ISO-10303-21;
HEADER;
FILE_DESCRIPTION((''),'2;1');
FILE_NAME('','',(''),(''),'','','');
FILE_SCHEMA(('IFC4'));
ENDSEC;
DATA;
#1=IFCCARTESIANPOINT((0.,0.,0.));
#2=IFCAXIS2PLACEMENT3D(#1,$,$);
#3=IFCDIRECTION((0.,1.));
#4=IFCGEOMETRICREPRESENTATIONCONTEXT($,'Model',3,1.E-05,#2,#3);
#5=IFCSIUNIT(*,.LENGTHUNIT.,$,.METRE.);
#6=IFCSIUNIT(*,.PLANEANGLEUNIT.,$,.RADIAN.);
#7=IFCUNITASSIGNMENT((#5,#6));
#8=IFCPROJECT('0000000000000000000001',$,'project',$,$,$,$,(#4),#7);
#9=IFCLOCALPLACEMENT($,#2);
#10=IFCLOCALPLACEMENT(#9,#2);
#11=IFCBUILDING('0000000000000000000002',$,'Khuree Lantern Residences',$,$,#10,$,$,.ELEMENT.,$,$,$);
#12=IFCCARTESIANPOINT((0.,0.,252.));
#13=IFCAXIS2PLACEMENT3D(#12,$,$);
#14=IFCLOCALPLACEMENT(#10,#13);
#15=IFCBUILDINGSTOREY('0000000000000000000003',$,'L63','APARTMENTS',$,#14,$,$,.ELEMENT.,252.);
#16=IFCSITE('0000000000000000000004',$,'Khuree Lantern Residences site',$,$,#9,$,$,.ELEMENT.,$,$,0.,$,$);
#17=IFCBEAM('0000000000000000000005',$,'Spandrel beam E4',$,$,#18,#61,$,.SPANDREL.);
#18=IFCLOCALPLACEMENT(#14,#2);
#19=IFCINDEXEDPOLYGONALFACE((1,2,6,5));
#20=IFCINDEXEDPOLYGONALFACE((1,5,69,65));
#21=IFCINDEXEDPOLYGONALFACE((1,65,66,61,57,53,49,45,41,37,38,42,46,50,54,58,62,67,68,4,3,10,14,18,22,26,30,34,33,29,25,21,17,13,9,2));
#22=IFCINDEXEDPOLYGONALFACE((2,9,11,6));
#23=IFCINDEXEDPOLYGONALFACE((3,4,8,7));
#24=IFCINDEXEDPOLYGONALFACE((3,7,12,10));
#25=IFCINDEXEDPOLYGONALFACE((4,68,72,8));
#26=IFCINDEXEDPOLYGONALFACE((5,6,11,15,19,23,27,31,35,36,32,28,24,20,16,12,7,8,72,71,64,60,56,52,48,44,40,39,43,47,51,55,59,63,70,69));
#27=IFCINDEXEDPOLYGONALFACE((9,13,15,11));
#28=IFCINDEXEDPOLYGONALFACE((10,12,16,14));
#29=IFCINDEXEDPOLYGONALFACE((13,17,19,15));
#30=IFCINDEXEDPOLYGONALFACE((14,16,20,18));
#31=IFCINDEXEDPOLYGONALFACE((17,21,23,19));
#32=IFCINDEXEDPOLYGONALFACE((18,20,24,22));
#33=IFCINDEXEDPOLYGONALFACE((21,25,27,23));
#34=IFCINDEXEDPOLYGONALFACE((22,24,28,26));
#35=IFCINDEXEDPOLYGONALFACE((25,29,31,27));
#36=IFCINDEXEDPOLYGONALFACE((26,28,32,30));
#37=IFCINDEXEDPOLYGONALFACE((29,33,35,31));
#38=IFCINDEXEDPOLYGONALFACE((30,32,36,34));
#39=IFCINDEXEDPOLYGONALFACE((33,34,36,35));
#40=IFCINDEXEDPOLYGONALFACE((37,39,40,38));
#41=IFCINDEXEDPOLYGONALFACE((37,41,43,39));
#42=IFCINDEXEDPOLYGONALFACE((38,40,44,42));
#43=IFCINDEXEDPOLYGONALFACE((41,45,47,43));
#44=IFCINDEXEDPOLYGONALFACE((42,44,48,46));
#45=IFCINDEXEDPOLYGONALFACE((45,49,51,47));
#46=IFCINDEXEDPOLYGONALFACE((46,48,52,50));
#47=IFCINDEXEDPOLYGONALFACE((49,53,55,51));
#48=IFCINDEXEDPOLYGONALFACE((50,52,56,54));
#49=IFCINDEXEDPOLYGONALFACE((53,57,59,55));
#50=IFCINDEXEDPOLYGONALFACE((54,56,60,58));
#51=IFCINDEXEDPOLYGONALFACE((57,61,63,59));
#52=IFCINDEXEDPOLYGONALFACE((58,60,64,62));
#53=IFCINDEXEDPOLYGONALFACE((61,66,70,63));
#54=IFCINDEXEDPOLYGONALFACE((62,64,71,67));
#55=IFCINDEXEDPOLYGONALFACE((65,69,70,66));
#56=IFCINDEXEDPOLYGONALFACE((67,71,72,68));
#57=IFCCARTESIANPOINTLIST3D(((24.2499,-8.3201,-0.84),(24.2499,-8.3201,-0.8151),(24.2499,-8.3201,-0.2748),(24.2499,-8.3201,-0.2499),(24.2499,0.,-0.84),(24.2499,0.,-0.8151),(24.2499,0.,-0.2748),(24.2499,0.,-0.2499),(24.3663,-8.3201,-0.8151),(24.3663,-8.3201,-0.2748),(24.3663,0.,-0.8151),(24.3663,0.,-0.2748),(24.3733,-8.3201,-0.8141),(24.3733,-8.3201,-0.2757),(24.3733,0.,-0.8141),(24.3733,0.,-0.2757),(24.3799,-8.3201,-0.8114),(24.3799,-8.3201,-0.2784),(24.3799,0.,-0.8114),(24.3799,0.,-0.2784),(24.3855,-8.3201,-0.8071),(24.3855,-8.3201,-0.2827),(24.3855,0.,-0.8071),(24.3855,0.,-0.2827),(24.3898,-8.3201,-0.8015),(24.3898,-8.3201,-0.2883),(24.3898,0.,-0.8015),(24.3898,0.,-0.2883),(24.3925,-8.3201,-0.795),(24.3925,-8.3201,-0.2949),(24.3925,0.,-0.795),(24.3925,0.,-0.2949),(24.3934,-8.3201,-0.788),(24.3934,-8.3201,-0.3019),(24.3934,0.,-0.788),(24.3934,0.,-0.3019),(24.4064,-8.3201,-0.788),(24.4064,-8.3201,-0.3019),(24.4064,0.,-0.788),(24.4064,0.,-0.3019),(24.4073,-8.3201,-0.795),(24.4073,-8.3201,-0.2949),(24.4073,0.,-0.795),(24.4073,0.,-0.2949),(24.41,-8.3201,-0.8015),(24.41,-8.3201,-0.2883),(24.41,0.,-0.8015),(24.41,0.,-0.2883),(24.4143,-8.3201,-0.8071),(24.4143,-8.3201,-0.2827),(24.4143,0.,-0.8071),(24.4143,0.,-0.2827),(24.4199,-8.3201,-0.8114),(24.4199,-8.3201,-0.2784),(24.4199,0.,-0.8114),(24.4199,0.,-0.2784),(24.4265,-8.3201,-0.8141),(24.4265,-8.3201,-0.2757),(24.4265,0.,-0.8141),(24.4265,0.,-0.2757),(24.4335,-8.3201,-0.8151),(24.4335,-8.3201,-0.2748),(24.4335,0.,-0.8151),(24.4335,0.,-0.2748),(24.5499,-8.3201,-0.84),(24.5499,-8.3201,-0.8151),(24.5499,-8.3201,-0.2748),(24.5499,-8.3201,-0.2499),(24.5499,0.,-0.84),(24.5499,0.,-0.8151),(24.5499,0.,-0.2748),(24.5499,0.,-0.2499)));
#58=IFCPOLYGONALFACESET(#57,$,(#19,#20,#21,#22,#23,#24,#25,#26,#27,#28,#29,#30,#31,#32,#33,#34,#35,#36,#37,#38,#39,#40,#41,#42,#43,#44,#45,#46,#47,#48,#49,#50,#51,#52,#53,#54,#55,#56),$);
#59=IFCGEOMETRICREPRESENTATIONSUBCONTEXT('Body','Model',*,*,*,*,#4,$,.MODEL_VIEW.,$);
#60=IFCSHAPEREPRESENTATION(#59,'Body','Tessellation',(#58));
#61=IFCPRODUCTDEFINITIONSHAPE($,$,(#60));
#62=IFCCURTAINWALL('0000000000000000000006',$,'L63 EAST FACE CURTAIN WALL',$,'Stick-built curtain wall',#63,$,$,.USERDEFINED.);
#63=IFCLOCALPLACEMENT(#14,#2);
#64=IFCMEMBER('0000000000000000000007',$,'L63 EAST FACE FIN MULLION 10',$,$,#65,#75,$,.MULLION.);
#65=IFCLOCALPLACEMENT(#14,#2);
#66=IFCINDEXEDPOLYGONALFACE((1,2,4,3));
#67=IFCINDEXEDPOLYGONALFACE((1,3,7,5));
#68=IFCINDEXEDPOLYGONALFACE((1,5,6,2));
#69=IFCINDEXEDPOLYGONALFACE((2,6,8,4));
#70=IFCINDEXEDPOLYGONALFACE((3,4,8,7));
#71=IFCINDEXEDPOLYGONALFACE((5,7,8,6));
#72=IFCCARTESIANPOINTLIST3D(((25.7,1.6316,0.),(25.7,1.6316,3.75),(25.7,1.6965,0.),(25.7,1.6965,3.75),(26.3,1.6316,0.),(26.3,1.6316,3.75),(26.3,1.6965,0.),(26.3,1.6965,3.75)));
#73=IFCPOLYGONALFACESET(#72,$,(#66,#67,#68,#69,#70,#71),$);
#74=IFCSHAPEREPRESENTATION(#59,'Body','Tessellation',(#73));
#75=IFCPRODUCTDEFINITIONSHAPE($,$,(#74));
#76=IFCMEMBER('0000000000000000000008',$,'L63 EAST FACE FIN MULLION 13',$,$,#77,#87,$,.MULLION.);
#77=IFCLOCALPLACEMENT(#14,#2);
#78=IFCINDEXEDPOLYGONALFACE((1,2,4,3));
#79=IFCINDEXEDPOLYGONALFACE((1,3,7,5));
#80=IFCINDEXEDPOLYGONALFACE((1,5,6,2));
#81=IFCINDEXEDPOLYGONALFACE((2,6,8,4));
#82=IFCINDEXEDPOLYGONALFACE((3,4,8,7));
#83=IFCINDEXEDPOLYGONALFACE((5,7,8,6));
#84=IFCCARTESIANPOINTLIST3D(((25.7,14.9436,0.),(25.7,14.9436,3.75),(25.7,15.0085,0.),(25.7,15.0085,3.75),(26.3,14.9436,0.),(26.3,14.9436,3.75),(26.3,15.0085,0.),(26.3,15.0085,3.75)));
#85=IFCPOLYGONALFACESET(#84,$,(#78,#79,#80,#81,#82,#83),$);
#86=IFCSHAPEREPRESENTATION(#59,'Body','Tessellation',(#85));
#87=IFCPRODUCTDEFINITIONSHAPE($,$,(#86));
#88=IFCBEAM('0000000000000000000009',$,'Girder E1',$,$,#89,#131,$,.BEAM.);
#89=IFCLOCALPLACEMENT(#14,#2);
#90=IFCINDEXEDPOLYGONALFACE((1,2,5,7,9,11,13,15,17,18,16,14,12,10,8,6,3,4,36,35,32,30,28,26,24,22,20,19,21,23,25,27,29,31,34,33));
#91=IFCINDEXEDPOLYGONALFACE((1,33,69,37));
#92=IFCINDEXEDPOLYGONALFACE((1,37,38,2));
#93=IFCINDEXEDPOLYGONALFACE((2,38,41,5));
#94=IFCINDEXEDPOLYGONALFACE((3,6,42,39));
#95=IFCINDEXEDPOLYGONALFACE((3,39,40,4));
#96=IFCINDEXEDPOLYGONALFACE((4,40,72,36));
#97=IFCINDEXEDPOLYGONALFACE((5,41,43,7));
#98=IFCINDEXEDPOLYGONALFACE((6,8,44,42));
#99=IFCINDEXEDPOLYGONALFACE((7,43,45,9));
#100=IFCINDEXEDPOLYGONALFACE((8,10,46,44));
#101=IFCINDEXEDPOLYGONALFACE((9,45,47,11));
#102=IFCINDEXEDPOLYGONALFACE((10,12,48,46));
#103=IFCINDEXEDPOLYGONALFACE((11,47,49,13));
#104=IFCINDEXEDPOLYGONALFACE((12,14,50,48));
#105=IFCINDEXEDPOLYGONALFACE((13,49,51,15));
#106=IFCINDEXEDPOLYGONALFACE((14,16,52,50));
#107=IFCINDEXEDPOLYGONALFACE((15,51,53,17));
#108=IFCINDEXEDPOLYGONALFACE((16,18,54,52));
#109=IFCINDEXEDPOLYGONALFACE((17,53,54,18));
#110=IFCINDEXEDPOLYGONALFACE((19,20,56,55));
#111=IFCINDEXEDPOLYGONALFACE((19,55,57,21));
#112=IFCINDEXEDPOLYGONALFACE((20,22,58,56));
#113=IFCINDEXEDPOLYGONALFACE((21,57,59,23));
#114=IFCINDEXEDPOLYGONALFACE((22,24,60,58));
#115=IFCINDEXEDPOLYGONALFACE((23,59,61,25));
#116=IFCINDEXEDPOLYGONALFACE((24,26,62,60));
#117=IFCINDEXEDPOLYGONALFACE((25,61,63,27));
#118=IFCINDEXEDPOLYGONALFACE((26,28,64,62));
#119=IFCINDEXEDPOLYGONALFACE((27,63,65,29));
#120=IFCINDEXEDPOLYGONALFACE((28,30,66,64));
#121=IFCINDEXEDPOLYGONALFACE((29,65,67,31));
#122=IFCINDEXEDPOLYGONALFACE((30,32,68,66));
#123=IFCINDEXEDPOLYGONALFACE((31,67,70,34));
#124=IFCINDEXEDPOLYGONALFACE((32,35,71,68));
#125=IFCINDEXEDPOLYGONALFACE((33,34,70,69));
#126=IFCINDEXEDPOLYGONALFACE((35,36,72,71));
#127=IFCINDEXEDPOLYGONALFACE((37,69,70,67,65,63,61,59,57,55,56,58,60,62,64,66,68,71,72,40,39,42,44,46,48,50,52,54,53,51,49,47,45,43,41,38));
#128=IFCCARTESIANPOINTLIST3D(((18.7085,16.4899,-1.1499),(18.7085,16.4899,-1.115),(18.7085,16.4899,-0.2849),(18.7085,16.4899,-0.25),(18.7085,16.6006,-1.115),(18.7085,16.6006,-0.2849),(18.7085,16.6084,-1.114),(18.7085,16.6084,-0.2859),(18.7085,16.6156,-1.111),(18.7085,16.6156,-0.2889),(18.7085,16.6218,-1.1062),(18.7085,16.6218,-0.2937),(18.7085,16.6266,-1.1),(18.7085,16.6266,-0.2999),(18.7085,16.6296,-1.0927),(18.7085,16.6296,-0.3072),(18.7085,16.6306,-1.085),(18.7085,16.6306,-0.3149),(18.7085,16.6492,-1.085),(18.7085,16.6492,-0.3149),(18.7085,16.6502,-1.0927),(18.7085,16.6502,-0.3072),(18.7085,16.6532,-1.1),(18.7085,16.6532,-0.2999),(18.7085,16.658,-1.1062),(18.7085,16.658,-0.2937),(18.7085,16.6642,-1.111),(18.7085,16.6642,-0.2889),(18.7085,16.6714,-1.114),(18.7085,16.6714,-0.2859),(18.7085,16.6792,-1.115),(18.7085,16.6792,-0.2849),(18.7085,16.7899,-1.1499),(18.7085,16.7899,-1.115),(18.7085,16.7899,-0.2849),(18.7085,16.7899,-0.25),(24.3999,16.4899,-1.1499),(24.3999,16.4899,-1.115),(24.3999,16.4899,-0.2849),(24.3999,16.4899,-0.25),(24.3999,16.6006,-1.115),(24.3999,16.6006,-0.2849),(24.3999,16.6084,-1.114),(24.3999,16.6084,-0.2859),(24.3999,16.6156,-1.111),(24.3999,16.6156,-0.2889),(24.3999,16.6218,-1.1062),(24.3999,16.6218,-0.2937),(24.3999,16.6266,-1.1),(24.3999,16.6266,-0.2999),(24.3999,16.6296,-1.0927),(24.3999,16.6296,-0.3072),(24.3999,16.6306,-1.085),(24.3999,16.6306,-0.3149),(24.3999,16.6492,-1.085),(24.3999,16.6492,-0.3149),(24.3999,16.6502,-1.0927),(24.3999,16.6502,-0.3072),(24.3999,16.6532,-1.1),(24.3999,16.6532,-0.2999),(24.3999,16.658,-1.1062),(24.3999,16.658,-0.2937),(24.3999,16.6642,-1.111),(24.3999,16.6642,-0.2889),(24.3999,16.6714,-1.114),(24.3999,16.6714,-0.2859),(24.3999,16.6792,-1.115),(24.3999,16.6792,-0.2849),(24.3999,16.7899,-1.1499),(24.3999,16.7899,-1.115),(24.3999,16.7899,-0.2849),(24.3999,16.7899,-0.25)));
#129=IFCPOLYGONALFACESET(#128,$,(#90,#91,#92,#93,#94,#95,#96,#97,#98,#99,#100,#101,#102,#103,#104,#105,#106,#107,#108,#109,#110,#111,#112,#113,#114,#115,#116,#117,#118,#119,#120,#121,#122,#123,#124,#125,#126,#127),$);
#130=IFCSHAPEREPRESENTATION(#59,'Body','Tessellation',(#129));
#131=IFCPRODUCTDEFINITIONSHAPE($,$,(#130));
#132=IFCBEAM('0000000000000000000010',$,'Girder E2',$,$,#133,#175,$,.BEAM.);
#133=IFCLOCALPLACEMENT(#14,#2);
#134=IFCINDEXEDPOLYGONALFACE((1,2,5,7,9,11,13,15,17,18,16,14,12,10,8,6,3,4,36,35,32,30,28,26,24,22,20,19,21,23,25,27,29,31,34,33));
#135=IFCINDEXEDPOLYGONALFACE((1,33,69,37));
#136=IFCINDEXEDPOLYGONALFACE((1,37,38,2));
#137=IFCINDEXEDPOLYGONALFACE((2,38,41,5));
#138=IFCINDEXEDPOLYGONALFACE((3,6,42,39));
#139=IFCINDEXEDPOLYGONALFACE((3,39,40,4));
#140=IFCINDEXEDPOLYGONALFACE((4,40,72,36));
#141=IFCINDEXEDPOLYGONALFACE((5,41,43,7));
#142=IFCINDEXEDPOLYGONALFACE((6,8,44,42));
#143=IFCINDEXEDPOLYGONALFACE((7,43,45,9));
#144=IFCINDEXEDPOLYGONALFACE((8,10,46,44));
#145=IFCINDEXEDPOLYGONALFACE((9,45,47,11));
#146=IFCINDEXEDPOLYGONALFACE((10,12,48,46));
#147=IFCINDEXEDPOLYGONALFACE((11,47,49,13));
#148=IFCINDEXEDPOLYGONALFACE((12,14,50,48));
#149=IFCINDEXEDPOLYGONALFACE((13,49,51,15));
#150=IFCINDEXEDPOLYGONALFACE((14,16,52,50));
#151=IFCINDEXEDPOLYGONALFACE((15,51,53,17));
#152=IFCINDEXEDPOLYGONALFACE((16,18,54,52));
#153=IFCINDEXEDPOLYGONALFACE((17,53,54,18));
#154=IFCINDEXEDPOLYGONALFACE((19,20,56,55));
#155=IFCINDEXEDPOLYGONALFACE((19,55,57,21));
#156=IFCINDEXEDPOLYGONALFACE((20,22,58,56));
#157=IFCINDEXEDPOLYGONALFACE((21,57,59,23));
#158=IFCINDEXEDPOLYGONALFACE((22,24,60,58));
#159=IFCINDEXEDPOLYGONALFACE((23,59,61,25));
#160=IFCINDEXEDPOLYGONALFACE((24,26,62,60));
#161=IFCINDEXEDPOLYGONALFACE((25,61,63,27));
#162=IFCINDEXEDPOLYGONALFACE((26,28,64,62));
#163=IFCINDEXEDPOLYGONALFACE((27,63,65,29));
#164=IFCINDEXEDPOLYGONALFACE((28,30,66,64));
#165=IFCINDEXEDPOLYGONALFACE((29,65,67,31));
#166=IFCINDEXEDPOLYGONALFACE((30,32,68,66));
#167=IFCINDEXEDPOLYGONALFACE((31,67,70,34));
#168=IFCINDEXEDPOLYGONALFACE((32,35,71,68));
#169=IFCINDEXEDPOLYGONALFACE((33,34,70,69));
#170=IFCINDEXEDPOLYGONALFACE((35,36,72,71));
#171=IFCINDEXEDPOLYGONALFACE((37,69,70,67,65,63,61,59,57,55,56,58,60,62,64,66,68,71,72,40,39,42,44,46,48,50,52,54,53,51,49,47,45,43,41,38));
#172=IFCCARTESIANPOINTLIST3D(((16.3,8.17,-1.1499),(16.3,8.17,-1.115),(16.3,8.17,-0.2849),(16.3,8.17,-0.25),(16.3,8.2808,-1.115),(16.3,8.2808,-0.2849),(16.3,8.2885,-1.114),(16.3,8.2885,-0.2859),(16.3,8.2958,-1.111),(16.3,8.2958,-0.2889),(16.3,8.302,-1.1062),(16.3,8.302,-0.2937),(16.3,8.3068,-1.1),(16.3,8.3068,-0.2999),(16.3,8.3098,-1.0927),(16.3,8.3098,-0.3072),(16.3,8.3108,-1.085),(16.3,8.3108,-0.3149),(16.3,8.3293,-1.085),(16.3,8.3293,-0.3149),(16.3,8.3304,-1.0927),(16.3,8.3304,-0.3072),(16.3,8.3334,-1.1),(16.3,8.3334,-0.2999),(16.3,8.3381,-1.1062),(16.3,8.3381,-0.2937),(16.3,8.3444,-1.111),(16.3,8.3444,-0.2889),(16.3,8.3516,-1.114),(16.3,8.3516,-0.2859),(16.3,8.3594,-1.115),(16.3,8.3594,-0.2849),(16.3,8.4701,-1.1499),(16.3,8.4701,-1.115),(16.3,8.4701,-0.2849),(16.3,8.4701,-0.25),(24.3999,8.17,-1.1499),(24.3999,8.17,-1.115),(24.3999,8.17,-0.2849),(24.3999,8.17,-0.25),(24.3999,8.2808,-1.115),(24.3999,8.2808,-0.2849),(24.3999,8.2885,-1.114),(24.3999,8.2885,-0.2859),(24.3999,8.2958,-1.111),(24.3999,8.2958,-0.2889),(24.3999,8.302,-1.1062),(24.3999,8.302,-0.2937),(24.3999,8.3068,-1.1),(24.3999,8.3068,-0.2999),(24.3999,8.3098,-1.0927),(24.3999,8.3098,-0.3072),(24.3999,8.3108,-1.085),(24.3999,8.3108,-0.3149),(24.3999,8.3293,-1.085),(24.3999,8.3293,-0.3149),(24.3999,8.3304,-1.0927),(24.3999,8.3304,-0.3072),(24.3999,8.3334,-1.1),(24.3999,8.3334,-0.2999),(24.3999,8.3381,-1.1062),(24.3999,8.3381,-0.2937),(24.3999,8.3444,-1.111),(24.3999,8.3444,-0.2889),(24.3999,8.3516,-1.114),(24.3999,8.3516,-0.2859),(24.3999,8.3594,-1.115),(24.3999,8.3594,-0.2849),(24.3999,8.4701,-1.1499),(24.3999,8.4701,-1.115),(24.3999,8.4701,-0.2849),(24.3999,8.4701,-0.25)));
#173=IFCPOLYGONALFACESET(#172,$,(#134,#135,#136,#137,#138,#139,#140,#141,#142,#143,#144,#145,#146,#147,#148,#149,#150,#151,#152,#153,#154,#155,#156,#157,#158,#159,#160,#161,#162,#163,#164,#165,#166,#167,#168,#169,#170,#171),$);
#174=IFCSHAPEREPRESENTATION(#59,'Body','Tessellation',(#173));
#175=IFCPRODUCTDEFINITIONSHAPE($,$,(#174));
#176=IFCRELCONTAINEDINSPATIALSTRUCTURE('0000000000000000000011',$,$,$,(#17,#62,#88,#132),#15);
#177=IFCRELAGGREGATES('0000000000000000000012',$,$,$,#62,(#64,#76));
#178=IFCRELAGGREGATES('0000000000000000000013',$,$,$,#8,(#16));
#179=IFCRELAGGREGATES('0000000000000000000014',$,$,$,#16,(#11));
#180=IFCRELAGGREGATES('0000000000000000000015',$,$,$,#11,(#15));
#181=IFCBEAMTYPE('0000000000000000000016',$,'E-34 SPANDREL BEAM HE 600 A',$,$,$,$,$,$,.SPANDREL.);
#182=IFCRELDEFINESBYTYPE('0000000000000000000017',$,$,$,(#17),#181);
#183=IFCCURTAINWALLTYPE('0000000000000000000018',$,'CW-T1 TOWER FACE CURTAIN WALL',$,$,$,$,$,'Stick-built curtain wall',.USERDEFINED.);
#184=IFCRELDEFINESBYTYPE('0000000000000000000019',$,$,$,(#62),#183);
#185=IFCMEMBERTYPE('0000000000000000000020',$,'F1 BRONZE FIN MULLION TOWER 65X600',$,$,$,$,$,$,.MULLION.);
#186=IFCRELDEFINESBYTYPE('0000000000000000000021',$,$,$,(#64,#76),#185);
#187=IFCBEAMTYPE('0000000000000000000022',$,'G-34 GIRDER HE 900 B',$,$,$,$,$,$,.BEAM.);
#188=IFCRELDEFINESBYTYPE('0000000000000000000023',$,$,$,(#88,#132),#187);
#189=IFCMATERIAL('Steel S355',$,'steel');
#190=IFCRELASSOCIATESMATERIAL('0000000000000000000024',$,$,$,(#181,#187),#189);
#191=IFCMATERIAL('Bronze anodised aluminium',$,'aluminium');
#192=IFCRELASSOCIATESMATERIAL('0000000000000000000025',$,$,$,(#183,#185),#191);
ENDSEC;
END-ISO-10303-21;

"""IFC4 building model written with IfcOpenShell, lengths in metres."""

from ifc_helpers import new_model, si_unit, direction, frame, origin, origin_2d, place, context, subcontext, project, spatial, rectangle, i_section, extrude, material, material_profile, profile_set, type_object, element, aggregate, save


model = new_model("IFC4")

# Units and contexts
model_context = context("Model", 3, precision=1e-05, world=origin(), true_north=direction((0.0, 1.0)))
body_context = subcontext(model_context, "Body", "Model", "MODEL_VIEW")
ifc_project = project(units=[si_unit("LENGTHUNIT", "METRE"), si_unit("PLANEANGLEUNIT", "RADIAN")], contexts=[model_context])

# Site, building, storey
site_placement = place(None, origin())
site = spatial("IfcSite", under=ifc_project, at=site_placement, Name="Khuree Lantern Residences site", CompositionType="ELEMENT", RefElevation=0.0)
building_placement = place(site_placement, origin())
building = spatial("IfcBuilding", under=site, at=building_placement, Name="Khuree Lantern Residences", CompositionType="ELEMENT")
storey_placement = place(building_placement, frame((0.0, 0.0, 252.0)))
storey = spatial("IfcBuildingStorey", under=building, at=storey_placement, Name="L63", Description="APARTMENTS", CompositionType="ELEMENT", Elevation=252.0)

# Beam
ifc_material_1 = material(Name="Steel S355", Category="steel")
ifc_material_profile_1 = material_profile(ifc_material_1, i_section(OverallWidth=0.3, OverallDepth=0.5901, WebThickness=0.0129, FlangeThickness=0.0249, FilletRadius=0.0271, at=origin_2d()), Name="HE 600 A")
ifc_profile_set_1 = profile_set([ifc_material_profile_1], Name="Steel S355")
beam_type_1 = type_object("IfcBeamType", Name="E-34 SPANDREL BEAM HE 600 A", PredefinedType="SPANDREL", material=ifc_profile_set_1)
for number, where, z_axis, x_axis, name in (
    (1, (24.3999, 0.0, -0.5449), (0.0, -1.0, 0.0), (1.0, 0.0, 0.0), "Spandrel beam E4"),
):
    element("IfcBeam", number, at=place(storey_placement, frame(where, z_axis=z_axis, x_axis=x_axis)), inside=storey, type_object=beam_type_1, Name=name, PredefinedType="SPANDREL", context=body_context, shape_type="SweptSolid", body=[
        extrude(i_section(OverallWidth=0.3, OverallDepth=0.5901, WebThickness=0.0129, FlangeThickness=0.0249, FilletRadius=0.0271, at=origin_2d()), origin(), (0.0, 0.0, 1.0), 8.3201),
    ])

# Curtain wall, members
ifc_material_2 = material(Name="Bronze anodised aluminium", Category="aluminium")
curtain_wall_type = type_object("IfcCurtainWallType", Name="CW-T1 TOWER FACE CURTAIN WALL", ElementType="Stick-built curtain wall", PredefinedType="USERDEFINED", material=ifc_material_2)
curtain_wall_placement = place(storey_placement, origin())
curtain_wall = element("IfcCurtainWall", 2, at=curtain_wall_placement, inside=storey, type_object=curtain_wall_type, Name="L63 EAST FACE CURTAIN WALL", ObjectType="Stick-built curtain wall", PredefinedType="USERDEFINED")
ifc_material_profile_2 = material_profile(ifc_material_2, rectangle(XDim=0.0649, YDim=0.6001, at=origin_2d()), Name="F1 65X600")
ifc_profile_set_2 = profile_set([ifc_material_profile_2], Name="Bronze anodised aluminium")
member_type_1 = type_object("IfcMemberType", Name="F1 BRONZE FIN MULLION TOWER 65X600", PredefinedType="MULLION", material=ifc_profile_set_2)
member_1_placement = place(storey_placement, frame((26.0, 1.6641, 0.0), z_axis=(0.0, 0.0, 1.0), x_axis=(0.0, 1.0, 0.0)))
member_1 = element("IfcMember", 3, at=member_1_placement, type_object=member_type_1, Name="L63 EAST FACE FIN MULLION 10", PredefinedType="MULLION", context=body_context, shape_type="SweptSolid", body=[
    extrude(rectangle(XDim=0.0649, YDim=0.6001, at=origin_2d()), origin(), (0.0, 0.0, 1.0), 3.75),
])
member_2_placement = place(storey_placement, frame((26.0, 14.9761, 0.0), z_axis=(0.0, 0.0, 1.0), x_axis=(0.0, 1.0, 0.0)))
member_2 = element("IfcMember", 4, at=member_2_placement, type_object=member_type_1, Name="L63 EAST FACE FIN MULLION 13", PredefinedType="MULLION", context=body_context, shape_type="SweptSolid", body=[
    extrude(rectangle(XDim=0.0649, YDim=0.6001, at=origin_2d()), origin(), (0.0, 0.0, 1.0), 3.75),
])

# Beams
ifc_material_profile_3 = material_profile(ifc_material_1, i_section(OverallWidth=0.3, OverallDepth=0.8999, WebThickness=0.0186, FlangeThickness=0.0349, FilletRadius=0.03, at=origin_2d()), Name="HE 900 B")
ifc_profile_set_3 = profile_set([ifc_material_profile_3], Name="Steel S355")
beam_type_2 = type_object("IfcBeamType", Name="G-34 GIRDER HE 900 B", PredefinedType="BEAM", material=ifc_profile_set_3)
beam_1_placement = place(storey_placement, frame((24.3999, 16.6399, -0.7), z_axis=(-1.0, 0.0, 0.0), x_axis=(0.0, -1.0, 0.0)))
element("IfcBeam", 5, at=beam_1_placement, inside=storey, type_object=beam_type_2, Name="Girder E1", PredefinedType="BEAM", context=body_context, shape_type="SweptSolid", body=[
    extrude(i_section(OverallWidth=0.3, OverallDepth=0.8999, WebThickness=0.0186, FlangeThickness=0.0349, FilletRadius=0.03, at=origin_2d()), origin(), (0.0, 0.0, 1.0), 5.6914),
])
for number, where, z_axis, x_axis, name in (
    (6, (24.3999, 8.3201, -0.7), (-1.0, 0.0, 0.0), (0.0, -1.0, 0.0), "Girder E2"),
):
    element("IfcBeam", number, at=place(storey_placement, frame(where, z_axis=z_axis, x_axis=x_axis)), inside=storey, type_object=beam_type_2, Name=name, PredefinedType="BEAM", context=body_context, shape_type="SweptSolid", body=[
        extrude(i_section(OverallWidth=0.3, OverallDepth=0.8999, WebThickness=0.0186, FlangeThickness=0.0349, FilletRadius=0.03, at=origin_2d()), origin(), (0.0, 0.0, 1.0), 8.0999),
    ])

aggregate(curtain_wall, [member_1, member_2])

save(model, "model.ifc")
